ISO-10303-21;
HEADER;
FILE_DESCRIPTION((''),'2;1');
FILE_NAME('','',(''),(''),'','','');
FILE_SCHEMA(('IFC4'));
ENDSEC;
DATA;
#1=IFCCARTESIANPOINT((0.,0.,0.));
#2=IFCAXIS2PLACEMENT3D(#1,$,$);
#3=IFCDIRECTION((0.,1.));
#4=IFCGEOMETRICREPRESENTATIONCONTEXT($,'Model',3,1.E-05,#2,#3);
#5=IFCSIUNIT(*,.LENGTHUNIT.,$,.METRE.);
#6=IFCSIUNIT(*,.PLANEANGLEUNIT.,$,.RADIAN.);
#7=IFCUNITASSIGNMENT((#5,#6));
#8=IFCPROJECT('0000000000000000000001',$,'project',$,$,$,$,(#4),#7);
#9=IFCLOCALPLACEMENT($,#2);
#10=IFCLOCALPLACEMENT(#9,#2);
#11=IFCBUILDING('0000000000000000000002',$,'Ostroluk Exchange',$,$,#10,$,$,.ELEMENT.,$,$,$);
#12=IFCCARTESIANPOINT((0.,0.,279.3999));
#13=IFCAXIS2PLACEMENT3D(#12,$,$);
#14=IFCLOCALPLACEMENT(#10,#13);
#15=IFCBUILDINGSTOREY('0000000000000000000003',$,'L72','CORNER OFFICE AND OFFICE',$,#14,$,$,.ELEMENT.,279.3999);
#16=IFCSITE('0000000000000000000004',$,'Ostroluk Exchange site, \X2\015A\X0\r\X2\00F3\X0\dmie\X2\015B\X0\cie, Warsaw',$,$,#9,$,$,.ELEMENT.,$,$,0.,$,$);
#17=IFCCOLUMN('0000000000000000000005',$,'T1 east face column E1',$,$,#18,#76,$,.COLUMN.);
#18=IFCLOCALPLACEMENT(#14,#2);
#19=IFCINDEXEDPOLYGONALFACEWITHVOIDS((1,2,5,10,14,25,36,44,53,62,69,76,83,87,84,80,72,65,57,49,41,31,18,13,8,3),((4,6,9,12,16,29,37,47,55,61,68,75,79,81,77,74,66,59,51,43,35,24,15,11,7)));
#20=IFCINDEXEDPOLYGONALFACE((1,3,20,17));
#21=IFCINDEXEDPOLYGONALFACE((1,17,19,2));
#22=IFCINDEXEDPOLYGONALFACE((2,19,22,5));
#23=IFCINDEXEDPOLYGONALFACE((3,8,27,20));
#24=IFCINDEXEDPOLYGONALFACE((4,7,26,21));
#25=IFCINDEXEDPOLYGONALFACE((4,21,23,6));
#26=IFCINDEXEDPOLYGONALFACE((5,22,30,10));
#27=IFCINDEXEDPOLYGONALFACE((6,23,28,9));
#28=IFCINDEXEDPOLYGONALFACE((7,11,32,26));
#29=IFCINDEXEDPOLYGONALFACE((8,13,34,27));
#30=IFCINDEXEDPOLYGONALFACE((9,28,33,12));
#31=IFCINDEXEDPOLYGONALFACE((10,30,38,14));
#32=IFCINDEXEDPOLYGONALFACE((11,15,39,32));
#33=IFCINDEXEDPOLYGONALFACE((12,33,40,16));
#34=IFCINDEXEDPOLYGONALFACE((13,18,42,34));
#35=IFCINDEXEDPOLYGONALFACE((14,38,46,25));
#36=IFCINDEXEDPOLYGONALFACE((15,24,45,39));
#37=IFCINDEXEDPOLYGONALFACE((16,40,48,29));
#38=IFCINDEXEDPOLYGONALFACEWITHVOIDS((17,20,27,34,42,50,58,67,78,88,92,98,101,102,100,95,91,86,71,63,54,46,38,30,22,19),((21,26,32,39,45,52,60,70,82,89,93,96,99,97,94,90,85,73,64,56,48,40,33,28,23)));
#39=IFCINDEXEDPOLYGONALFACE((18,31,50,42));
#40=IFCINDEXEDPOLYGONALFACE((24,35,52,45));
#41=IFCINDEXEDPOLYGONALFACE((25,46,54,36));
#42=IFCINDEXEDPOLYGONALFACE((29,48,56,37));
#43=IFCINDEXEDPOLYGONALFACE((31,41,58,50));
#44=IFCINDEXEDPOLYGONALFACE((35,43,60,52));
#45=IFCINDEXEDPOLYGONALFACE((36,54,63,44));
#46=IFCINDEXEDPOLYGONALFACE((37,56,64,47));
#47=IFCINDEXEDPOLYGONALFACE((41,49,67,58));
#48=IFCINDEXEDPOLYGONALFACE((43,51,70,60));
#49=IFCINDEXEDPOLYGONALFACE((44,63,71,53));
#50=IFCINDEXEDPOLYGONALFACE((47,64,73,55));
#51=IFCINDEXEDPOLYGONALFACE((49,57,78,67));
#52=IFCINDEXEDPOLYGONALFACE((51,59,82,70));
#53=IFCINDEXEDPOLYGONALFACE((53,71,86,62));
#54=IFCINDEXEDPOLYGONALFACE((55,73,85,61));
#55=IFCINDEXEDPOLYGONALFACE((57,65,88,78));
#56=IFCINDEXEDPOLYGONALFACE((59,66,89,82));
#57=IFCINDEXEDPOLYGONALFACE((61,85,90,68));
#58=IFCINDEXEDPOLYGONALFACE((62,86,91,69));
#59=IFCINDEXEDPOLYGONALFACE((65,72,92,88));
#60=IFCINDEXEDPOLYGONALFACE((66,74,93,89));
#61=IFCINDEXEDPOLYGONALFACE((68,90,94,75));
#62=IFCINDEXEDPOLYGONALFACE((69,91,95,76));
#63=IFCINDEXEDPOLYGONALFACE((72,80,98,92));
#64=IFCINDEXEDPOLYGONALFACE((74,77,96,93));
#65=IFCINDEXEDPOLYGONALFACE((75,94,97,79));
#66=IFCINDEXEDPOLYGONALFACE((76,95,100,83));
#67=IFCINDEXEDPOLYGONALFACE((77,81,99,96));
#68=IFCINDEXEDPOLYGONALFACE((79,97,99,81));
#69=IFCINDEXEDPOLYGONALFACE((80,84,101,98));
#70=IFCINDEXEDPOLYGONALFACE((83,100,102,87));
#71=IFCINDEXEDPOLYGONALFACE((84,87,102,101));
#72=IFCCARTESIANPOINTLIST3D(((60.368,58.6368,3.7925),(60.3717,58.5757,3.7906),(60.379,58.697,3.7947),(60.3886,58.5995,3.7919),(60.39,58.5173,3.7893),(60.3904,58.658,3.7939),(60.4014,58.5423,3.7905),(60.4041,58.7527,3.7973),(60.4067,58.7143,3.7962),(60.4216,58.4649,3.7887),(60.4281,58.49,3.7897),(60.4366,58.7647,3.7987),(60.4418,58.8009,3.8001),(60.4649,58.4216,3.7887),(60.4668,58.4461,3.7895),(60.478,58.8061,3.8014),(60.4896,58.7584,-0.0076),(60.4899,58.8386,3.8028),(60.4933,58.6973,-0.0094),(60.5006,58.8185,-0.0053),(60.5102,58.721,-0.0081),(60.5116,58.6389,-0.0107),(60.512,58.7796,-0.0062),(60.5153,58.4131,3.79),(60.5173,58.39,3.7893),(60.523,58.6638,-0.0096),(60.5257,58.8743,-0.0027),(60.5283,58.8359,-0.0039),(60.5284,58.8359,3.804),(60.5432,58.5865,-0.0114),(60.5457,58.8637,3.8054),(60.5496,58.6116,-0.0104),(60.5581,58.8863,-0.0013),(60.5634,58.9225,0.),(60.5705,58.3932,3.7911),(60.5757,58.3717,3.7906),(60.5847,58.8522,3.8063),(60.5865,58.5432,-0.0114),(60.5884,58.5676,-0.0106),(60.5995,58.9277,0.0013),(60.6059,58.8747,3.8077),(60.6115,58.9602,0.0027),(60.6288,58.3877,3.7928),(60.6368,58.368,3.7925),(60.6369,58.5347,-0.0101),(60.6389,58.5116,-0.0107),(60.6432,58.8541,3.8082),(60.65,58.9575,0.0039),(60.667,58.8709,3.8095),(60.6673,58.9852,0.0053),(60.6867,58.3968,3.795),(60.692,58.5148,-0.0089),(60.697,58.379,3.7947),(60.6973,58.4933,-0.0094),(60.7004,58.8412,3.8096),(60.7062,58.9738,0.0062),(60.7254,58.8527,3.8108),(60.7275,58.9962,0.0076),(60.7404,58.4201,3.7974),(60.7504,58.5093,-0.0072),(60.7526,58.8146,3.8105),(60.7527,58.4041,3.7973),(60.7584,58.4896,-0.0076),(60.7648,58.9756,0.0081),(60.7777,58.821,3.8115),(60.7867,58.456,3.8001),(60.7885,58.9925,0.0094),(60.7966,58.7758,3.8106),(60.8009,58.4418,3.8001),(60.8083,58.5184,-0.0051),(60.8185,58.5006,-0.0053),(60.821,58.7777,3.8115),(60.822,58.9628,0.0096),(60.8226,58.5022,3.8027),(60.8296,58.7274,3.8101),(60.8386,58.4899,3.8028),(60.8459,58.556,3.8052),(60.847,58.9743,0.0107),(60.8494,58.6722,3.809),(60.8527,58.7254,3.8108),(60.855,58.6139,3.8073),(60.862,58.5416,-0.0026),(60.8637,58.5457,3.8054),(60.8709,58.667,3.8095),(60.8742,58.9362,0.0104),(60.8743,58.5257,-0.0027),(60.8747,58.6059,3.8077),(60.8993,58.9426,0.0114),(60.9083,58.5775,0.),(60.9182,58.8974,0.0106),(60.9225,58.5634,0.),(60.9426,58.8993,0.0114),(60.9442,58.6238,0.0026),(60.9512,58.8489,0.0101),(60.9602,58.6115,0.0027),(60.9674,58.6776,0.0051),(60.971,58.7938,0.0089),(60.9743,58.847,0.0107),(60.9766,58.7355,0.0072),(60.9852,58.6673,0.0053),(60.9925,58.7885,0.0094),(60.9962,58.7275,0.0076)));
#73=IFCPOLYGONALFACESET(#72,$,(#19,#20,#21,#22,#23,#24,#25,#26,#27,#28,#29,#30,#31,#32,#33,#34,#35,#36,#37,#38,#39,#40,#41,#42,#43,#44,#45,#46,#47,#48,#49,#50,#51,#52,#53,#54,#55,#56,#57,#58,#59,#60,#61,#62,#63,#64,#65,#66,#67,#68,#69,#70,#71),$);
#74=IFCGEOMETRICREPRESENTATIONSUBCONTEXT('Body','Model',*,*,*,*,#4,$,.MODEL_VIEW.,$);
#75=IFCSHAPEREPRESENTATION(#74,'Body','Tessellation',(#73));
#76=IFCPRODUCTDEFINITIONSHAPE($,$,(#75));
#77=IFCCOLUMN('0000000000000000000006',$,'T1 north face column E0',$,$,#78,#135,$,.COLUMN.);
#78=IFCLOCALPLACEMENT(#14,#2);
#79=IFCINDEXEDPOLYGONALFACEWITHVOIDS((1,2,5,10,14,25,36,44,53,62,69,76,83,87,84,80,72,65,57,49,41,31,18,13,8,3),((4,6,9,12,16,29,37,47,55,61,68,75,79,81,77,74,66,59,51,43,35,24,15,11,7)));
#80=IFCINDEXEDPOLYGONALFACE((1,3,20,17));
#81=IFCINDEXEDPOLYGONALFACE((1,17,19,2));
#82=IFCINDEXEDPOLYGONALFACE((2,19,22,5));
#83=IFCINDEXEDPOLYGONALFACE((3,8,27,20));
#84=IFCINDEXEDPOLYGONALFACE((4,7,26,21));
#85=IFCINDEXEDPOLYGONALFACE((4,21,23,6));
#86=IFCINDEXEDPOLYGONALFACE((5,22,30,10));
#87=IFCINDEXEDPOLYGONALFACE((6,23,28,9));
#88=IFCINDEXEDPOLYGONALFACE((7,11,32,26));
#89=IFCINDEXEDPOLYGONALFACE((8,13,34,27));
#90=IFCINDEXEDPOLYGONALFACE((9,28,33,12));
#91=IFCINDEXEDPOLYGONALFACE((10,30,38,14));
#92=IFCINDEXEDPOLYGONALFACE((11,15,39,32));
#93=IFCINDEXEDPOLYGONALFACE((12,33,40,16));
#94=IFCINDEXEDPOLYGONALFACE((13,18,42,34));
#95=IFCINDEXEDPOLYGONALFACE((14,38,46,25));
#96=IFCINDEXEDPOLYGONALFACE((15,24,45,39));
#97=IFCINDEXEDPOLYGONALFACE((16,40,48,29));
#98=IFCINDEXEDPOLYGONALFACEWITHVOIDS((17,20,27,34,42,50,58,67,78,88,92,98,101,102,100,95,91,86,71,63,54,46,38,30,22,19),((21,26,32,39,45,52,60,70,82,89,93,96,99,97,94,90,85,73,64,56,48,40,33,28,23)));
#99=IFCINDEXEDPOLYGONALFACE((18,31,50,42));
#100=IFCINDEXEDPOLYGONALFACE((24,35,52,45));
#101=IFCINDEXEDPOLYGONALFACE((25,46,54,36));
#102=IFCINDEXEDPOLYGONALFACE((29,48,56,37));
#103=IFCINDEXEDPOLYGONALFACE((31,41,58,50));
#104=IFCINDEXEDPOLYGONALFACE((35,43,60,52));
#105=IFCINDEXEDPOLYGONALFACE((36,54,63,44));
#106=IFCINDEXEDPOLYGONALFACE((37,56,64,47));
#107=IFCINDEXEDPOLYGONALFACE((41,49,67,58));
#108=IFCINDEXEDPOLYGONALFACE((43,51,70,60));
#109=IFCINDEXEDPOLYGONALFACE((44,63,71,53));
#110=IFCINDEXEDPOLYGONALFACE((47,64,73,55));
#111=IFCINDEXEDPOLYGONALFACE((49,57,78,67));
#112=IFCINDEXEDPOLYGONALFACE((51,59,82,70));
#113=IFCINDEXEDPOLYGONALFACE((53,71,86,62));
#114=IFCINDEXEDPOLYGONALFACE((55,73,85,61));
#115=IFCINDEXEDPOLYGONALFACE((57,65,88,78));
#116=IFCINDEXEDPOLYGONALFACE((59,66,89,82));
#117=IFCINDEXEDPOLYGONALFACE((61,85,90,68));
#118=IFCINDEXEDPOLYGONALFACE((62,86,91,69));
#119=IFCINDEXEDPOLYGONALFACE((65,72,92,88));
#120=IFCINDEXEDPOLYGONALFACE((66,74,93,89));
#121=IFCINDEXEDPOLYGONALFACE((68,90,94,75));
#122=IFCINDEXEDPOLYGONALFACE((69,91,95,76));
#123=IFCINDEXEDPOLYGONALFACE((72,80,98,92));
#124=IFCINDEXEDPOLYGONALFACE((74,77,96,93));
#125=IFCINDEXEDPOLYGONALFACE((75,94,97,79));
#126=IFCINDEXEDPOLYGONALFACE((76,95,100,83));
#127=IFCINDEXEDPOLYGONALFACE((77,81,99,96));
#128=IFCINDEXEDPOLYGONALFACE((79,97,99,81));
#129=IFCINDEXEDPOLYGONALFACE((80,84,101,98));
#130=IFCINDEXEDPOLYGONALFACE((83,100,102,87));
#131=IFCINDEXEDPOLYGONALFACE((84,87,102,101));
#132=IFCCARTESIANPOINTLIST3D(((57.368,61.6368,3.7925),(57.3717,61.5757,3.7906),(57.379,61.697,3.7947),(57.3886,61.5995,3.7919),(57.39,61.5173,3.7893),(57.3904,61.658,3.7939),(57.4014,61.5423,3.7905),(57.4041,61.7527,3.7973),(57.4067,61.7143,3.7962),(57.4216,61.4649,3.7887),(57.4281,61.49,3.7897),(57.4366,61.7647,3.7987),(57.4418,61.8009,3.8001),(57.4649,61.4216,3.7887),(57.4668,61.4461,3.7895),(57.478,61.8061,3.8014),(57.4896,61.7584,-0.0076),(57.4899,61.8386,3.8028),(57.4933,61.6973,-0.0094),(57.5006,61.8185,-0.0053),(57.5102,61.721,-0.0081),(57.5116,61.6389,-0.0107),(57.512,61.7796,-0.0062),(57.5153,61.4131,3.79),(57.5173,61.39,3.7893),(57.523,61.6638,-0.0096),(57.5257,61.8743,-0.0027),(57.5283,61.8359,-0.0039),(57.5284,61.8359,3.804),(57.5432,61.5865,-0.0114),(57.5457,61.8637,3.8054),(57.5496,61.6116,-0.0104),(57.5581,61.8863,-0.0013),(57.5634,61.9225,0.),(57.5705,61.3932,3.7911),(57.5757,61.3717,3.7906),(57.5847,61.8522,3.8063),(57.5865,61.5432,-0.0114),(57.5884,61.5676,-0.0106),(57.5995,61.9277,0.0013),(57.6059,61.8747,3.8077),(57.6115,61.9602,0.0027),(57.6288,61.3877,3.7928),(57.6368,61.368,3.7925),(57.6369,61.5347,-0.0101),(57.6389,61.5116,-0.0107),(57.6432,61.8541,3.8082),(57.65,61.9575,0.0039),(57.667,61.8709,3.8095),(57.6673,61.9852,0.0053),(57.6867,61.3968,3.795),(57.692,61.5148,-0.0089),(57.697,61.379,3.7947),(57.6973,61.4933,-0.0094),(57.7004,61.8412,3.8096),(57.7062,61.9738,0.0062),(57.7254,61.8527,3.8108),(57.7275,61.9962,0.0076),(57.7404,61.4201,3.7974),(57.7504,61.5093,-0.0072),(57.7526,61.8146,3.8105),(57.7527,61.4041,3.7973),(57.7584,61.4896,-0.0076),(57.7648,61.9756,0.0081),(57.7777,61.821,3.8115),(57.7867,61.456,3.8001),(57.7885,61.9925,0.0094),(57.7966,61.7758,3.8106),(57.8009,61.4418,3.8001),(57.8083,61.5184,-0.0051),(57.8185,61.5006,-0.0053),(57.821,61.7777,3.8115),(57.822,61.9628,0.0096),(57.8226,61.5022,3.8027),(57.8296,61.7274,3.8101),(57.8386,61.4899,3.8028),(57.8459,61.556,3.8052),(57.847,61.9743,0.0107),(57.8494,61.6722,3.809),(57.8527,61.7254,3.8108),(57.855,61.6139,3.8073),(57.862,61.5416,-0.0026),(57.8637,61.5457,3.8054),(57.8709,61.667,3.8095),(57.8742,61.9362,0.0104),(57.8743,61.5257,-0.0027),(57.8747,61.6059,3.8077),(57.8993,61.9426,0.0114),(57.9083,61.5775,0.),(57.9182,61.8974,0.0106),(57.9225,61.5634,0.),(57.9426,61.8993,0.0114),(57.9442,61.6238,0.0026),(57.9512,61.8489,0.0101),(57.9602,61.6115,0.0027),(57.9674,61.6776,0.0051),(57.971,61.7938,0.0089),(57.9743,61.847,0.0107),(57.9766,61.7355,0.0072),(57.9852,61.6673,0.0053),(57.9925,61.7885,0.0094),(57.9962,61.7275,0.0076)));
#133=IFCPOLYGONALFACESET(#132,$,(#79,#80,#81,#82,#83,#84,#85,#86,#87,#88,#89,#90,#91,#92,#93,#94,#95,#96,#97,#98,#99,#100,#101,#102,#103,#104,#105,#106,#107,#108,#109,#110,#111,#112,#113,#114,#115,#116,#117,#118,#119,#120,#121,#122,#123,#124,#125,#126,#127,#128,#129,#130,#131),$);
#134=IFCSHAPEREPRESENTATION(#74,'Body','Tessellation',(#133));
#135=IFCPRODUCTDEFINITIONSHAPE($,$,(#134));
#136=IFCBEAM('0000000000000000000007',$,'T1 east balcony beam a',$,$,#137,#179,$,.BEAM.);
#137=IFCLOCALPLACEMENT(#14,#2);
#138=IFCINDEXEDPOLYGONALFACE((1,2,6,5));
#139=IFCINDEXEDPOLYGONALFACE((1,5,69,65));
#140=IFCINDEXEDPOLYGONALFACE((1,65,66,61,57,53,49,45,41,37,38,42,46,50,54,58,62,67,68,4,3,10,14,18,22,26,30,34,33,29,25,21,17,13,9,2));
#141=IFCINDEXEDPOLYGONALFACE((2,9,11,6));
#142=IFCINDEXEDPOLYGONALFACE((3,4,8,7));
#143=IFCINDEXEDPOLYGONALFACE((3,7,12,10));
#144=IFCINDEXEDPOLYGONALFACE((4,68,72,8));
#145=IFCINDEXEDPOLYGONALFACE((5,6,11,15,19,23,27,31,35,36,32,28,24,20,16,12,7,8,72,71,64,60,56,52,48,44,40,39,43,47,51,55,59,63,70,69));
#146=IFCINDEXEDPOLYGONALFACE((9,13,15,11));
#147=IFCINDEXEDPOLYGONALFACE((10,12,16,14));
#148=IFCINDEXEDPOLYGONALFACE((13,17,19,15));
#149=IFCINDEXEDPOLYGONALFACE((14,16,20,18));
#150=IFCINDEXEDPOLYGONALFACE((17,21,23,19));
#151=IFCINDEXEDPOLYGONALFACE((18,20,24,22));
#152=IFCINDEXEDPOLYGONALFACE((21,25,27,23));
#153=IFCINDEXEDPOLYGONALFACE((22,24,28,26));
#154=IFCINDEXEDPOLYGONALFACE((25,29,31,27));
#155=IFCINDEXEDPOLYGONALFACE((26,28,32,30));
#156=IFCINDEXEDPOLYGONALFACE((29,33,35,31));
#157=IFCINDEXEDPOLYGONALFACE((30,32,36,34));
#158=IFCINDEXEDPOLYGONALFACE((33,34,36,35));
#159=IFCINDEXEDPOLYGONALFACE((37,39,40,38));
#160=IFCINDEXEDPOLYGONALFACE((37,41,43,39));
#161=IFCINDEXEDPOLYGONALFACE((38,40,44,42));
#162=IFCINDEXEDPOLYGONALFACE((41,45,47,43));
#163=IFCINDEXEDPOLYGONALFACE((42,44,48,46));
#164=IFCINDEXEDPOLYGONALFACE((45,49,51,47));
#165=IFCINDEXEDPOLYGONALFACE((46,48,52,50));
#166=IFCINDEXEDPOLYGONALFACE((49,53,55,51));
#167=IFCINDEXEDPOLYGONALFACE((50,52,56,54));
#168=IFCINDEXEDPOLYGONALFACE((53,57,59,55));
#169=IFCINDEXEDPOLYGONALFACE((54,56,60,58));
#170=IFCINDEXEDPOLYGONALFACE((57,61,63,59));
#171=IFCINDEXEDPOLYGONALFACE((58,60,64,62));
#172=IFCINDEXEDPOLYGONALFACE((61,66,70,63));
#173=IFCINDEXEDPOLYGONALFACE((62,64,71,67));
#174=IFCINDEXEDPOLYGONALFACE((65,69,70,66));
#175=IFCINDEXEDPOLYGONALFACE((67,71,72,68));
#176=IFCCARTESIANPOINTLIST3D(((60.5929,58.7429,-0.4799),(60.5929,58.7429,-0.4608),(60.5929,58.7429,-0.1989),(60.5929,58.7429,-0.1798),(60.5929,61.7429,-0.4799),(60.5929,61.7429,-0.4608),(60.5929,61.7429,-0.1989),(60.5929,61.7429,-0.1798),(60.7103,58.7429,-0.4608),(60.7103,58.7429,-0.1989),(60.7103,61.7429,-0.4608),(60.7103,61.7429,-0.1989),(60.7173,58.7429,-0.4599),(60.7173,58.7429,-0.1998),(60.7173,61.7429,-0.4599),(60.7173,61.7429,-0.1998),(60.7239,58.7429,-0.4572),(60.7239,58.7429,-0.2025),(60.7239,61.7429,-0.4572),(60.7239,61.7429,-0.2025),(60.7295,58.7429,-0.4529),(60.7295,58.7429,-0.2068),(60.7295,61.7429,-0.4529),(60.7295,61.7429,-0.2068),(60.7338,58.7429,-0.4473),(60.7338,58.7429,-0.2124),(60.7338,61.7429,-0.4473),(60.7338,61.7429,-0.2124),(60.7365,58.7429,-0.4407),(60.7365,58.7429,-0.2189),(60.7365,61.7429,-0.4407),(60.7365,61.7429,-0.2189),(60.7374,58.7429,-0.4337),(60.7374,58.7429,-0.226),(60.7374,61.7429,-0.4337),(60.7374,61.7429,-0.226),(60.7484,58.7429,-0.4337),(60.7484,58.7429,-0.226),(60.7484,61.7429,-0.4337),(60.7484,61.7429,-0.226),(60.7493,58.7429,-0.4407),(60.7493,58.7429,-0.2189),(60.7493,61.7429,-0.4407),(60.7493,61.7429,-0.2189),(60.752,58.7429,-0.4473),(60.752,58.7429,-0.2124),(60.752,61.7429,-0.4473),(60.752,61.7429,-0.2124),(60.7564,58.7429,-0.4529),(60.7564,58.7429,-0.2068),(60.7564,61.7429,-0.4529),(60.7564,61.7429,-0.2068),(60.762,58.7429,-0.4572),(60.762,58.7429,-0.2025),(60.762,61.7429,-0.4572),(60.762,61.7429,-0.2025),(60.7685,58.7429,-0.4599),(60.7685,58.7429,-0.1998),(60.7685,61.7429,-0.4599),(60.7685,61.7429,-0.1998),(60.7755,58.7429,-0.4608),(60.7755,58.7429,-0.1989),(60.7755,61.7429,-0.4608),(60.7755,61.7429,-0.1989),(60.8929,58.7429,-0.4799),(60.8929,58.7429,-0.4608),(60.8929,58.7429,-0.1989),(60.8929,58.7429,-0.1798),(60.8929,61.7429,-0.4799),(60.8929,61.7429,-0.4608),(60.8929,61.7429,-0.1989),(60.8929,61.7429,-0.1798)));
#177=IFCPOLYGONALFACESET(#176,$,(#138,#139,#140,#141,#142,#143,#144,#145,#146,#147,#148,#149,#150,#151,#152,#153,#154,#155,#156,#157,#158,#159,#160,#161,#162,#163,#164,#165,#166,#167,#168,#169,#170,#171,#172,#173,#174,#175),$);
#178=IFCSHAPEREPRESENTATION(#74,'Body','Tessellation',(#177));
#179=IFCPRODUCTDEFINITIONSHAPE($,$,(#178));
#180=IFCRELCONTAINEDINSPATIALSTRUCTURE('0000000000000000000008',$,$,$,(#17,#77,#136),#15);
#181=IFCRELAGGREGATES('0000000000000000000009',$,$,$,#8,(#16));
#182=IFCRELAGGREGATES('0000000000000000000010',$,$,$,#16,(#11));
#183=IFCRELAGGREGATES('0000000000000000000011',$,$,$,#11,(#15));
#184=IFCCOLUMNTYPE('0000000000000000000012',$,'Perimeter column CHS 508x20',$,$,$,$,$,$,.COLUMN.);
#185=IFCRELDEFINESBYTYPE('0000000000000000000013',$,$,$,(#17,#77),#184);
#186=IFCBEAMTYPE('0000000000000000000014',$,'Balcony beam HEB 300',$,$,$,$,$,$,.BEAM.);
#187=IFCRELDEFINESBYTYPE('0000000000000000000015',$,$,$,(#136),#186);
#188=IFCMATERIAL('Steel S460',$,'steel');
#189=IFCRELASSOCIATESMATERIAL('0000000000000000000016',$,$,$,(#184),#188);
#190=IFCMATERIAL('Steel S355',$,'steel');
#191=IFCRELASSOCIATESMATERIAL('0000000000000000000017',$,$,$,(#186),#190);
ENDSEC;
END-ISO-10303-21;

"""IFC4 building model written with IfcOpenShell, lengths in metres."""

from ifc_helpers import new_model, si_unit, direction, frame, origin, origin_2d, place, context, subcontext, project, spatial, hollow_circle, i_section, extrude, material, material_profile, profile_set, type_object, element, save


model = new_model("IFC4")

# Units and contexts
model_context = context("Model", 3, precision=1e-05, world=origin(), true_north=direction((0.0, 1.0)))
body_context = subcontext(model_context, "Body", "Model", "MODEL_VIEW")
ifc_project = project(units=[si_unit("LENGTHUNIT", "METRE"), si_unit("PLANEANGLEUNIT", "RADIAN")], contexts=[model_context])

# Site, building, storey
site_placement = place(None, origin())
site = spatial("IfcSite", under=ifc_project, at=site_placement, Name="Ostroluk Exchange site, Śródmieście, Warsaw", CompositionType="ELEMENT", RefElevation=0.0)
building_placement = place(site_placement, origin())
building = spatial("IfcBuilding", under=site, at=building_placement, Name="Ostroluk Exchange", CompositionType="ELEMENT")
storey_placement = place(building_placement, frame((0.0, 0.0, 279.3999)))
storey = spatial("IfcBuildingStorey", under=building, at=storey_placement, Name="L72", Description="CORNER OFFICE AND OFFICE", CompositionType="ELEMENT", Elevation=279.3999)

# Columns
ifc_material_1 = material(Name="Steel S460", Category="steel")
ifc_material_profile_1 = material_profile(ifc_material_1, hollow_circle(Radius=0.2539, WallThickness=0.02, at=origin_2d()), Name="CHS 508x20")
ifc_profile_set_1 = profile_set([ifc_material_profile_1], Name="Steel S460")
column_type = type_object("IfcColumnType", Name="Perimeter column CHS 508x20", PredefinedType="COLUMN", material=ifc_profile_set_1)
for number, where, z_axis, x_axis, name in (
    (1, (60.7429, 58.7429, 0.0), (-0.031962, -0.031962, 0.998978), (0.707107, -0.707107, 0.0), "T1 east face column E1"),
    (2, (57.7429, 61.7429, 0.0), (-0.031962, -0.031962, 0.998978), (0.707107, -0.707107, 0.0), "T1 north face column E0"),
):
    element("IfcColumn", number, at=place(storey_placement, frame(where, z_axis=z_axis, x_axis=x_axis)), inside=storey, type_object=column_type, Name=name, PredefinedType="COLUMN", context=body_context, shape_type="SweptSolid", body=[
        extrude(hollow_circle(Radius=0.2539, WallThickness=0.02, at=origin_2d()), origin(), (0.0, 0.0, 1.0), 3.804),
    ])

# Beam
ifc_material_2 = material(Name="Steel S355", Category="steel")
ifc_material_profile_2 = material_profile(ifc_material_2, i_section(OverallWidth=0.3, OverallDepth=0.3, WebThickness=0.011, FlangeThickness=0.019, FilletRadius=0.0271, at=origin_2d()), Name="HEB 300")
ifc_profile_set_2 = profile_set([ifc_material_profile_2], Name="Steel S355")
beam_type_1 = type_object("IfcBeamType", Name="Balcony beam HEB 300", PredefinedType="BEAM", material=ifc_profile_set_2)
for number, where, z_axis, x_axis, name in (
    (3, (60.7429, 58.7429, -0.3298), (0.0, 1.0, 0.0), (-1.0, 0.0, 0.0), "T1 east balcony beam a"),
):
    element("IfcBeam", number, at=place(storey_placement, frame(where, z_axis=z_axis, x_axis=x_axis)), inside=storey, type_object=beam_type_1, Name=name, PredefinedType="BEAM", context=body_context, shape_type="SweptSolid", body=[
        extrude(i_section(OverallWidth=0.3, OverallDepth=0.3, WebThickness=0.011, FlangeThickness=0.019, FilletRadius=0.0271, at=origin_2d()), origin(), (0.0, 0.0, 1.0), 3.0),
    ])

save(model, "model.ifc")
